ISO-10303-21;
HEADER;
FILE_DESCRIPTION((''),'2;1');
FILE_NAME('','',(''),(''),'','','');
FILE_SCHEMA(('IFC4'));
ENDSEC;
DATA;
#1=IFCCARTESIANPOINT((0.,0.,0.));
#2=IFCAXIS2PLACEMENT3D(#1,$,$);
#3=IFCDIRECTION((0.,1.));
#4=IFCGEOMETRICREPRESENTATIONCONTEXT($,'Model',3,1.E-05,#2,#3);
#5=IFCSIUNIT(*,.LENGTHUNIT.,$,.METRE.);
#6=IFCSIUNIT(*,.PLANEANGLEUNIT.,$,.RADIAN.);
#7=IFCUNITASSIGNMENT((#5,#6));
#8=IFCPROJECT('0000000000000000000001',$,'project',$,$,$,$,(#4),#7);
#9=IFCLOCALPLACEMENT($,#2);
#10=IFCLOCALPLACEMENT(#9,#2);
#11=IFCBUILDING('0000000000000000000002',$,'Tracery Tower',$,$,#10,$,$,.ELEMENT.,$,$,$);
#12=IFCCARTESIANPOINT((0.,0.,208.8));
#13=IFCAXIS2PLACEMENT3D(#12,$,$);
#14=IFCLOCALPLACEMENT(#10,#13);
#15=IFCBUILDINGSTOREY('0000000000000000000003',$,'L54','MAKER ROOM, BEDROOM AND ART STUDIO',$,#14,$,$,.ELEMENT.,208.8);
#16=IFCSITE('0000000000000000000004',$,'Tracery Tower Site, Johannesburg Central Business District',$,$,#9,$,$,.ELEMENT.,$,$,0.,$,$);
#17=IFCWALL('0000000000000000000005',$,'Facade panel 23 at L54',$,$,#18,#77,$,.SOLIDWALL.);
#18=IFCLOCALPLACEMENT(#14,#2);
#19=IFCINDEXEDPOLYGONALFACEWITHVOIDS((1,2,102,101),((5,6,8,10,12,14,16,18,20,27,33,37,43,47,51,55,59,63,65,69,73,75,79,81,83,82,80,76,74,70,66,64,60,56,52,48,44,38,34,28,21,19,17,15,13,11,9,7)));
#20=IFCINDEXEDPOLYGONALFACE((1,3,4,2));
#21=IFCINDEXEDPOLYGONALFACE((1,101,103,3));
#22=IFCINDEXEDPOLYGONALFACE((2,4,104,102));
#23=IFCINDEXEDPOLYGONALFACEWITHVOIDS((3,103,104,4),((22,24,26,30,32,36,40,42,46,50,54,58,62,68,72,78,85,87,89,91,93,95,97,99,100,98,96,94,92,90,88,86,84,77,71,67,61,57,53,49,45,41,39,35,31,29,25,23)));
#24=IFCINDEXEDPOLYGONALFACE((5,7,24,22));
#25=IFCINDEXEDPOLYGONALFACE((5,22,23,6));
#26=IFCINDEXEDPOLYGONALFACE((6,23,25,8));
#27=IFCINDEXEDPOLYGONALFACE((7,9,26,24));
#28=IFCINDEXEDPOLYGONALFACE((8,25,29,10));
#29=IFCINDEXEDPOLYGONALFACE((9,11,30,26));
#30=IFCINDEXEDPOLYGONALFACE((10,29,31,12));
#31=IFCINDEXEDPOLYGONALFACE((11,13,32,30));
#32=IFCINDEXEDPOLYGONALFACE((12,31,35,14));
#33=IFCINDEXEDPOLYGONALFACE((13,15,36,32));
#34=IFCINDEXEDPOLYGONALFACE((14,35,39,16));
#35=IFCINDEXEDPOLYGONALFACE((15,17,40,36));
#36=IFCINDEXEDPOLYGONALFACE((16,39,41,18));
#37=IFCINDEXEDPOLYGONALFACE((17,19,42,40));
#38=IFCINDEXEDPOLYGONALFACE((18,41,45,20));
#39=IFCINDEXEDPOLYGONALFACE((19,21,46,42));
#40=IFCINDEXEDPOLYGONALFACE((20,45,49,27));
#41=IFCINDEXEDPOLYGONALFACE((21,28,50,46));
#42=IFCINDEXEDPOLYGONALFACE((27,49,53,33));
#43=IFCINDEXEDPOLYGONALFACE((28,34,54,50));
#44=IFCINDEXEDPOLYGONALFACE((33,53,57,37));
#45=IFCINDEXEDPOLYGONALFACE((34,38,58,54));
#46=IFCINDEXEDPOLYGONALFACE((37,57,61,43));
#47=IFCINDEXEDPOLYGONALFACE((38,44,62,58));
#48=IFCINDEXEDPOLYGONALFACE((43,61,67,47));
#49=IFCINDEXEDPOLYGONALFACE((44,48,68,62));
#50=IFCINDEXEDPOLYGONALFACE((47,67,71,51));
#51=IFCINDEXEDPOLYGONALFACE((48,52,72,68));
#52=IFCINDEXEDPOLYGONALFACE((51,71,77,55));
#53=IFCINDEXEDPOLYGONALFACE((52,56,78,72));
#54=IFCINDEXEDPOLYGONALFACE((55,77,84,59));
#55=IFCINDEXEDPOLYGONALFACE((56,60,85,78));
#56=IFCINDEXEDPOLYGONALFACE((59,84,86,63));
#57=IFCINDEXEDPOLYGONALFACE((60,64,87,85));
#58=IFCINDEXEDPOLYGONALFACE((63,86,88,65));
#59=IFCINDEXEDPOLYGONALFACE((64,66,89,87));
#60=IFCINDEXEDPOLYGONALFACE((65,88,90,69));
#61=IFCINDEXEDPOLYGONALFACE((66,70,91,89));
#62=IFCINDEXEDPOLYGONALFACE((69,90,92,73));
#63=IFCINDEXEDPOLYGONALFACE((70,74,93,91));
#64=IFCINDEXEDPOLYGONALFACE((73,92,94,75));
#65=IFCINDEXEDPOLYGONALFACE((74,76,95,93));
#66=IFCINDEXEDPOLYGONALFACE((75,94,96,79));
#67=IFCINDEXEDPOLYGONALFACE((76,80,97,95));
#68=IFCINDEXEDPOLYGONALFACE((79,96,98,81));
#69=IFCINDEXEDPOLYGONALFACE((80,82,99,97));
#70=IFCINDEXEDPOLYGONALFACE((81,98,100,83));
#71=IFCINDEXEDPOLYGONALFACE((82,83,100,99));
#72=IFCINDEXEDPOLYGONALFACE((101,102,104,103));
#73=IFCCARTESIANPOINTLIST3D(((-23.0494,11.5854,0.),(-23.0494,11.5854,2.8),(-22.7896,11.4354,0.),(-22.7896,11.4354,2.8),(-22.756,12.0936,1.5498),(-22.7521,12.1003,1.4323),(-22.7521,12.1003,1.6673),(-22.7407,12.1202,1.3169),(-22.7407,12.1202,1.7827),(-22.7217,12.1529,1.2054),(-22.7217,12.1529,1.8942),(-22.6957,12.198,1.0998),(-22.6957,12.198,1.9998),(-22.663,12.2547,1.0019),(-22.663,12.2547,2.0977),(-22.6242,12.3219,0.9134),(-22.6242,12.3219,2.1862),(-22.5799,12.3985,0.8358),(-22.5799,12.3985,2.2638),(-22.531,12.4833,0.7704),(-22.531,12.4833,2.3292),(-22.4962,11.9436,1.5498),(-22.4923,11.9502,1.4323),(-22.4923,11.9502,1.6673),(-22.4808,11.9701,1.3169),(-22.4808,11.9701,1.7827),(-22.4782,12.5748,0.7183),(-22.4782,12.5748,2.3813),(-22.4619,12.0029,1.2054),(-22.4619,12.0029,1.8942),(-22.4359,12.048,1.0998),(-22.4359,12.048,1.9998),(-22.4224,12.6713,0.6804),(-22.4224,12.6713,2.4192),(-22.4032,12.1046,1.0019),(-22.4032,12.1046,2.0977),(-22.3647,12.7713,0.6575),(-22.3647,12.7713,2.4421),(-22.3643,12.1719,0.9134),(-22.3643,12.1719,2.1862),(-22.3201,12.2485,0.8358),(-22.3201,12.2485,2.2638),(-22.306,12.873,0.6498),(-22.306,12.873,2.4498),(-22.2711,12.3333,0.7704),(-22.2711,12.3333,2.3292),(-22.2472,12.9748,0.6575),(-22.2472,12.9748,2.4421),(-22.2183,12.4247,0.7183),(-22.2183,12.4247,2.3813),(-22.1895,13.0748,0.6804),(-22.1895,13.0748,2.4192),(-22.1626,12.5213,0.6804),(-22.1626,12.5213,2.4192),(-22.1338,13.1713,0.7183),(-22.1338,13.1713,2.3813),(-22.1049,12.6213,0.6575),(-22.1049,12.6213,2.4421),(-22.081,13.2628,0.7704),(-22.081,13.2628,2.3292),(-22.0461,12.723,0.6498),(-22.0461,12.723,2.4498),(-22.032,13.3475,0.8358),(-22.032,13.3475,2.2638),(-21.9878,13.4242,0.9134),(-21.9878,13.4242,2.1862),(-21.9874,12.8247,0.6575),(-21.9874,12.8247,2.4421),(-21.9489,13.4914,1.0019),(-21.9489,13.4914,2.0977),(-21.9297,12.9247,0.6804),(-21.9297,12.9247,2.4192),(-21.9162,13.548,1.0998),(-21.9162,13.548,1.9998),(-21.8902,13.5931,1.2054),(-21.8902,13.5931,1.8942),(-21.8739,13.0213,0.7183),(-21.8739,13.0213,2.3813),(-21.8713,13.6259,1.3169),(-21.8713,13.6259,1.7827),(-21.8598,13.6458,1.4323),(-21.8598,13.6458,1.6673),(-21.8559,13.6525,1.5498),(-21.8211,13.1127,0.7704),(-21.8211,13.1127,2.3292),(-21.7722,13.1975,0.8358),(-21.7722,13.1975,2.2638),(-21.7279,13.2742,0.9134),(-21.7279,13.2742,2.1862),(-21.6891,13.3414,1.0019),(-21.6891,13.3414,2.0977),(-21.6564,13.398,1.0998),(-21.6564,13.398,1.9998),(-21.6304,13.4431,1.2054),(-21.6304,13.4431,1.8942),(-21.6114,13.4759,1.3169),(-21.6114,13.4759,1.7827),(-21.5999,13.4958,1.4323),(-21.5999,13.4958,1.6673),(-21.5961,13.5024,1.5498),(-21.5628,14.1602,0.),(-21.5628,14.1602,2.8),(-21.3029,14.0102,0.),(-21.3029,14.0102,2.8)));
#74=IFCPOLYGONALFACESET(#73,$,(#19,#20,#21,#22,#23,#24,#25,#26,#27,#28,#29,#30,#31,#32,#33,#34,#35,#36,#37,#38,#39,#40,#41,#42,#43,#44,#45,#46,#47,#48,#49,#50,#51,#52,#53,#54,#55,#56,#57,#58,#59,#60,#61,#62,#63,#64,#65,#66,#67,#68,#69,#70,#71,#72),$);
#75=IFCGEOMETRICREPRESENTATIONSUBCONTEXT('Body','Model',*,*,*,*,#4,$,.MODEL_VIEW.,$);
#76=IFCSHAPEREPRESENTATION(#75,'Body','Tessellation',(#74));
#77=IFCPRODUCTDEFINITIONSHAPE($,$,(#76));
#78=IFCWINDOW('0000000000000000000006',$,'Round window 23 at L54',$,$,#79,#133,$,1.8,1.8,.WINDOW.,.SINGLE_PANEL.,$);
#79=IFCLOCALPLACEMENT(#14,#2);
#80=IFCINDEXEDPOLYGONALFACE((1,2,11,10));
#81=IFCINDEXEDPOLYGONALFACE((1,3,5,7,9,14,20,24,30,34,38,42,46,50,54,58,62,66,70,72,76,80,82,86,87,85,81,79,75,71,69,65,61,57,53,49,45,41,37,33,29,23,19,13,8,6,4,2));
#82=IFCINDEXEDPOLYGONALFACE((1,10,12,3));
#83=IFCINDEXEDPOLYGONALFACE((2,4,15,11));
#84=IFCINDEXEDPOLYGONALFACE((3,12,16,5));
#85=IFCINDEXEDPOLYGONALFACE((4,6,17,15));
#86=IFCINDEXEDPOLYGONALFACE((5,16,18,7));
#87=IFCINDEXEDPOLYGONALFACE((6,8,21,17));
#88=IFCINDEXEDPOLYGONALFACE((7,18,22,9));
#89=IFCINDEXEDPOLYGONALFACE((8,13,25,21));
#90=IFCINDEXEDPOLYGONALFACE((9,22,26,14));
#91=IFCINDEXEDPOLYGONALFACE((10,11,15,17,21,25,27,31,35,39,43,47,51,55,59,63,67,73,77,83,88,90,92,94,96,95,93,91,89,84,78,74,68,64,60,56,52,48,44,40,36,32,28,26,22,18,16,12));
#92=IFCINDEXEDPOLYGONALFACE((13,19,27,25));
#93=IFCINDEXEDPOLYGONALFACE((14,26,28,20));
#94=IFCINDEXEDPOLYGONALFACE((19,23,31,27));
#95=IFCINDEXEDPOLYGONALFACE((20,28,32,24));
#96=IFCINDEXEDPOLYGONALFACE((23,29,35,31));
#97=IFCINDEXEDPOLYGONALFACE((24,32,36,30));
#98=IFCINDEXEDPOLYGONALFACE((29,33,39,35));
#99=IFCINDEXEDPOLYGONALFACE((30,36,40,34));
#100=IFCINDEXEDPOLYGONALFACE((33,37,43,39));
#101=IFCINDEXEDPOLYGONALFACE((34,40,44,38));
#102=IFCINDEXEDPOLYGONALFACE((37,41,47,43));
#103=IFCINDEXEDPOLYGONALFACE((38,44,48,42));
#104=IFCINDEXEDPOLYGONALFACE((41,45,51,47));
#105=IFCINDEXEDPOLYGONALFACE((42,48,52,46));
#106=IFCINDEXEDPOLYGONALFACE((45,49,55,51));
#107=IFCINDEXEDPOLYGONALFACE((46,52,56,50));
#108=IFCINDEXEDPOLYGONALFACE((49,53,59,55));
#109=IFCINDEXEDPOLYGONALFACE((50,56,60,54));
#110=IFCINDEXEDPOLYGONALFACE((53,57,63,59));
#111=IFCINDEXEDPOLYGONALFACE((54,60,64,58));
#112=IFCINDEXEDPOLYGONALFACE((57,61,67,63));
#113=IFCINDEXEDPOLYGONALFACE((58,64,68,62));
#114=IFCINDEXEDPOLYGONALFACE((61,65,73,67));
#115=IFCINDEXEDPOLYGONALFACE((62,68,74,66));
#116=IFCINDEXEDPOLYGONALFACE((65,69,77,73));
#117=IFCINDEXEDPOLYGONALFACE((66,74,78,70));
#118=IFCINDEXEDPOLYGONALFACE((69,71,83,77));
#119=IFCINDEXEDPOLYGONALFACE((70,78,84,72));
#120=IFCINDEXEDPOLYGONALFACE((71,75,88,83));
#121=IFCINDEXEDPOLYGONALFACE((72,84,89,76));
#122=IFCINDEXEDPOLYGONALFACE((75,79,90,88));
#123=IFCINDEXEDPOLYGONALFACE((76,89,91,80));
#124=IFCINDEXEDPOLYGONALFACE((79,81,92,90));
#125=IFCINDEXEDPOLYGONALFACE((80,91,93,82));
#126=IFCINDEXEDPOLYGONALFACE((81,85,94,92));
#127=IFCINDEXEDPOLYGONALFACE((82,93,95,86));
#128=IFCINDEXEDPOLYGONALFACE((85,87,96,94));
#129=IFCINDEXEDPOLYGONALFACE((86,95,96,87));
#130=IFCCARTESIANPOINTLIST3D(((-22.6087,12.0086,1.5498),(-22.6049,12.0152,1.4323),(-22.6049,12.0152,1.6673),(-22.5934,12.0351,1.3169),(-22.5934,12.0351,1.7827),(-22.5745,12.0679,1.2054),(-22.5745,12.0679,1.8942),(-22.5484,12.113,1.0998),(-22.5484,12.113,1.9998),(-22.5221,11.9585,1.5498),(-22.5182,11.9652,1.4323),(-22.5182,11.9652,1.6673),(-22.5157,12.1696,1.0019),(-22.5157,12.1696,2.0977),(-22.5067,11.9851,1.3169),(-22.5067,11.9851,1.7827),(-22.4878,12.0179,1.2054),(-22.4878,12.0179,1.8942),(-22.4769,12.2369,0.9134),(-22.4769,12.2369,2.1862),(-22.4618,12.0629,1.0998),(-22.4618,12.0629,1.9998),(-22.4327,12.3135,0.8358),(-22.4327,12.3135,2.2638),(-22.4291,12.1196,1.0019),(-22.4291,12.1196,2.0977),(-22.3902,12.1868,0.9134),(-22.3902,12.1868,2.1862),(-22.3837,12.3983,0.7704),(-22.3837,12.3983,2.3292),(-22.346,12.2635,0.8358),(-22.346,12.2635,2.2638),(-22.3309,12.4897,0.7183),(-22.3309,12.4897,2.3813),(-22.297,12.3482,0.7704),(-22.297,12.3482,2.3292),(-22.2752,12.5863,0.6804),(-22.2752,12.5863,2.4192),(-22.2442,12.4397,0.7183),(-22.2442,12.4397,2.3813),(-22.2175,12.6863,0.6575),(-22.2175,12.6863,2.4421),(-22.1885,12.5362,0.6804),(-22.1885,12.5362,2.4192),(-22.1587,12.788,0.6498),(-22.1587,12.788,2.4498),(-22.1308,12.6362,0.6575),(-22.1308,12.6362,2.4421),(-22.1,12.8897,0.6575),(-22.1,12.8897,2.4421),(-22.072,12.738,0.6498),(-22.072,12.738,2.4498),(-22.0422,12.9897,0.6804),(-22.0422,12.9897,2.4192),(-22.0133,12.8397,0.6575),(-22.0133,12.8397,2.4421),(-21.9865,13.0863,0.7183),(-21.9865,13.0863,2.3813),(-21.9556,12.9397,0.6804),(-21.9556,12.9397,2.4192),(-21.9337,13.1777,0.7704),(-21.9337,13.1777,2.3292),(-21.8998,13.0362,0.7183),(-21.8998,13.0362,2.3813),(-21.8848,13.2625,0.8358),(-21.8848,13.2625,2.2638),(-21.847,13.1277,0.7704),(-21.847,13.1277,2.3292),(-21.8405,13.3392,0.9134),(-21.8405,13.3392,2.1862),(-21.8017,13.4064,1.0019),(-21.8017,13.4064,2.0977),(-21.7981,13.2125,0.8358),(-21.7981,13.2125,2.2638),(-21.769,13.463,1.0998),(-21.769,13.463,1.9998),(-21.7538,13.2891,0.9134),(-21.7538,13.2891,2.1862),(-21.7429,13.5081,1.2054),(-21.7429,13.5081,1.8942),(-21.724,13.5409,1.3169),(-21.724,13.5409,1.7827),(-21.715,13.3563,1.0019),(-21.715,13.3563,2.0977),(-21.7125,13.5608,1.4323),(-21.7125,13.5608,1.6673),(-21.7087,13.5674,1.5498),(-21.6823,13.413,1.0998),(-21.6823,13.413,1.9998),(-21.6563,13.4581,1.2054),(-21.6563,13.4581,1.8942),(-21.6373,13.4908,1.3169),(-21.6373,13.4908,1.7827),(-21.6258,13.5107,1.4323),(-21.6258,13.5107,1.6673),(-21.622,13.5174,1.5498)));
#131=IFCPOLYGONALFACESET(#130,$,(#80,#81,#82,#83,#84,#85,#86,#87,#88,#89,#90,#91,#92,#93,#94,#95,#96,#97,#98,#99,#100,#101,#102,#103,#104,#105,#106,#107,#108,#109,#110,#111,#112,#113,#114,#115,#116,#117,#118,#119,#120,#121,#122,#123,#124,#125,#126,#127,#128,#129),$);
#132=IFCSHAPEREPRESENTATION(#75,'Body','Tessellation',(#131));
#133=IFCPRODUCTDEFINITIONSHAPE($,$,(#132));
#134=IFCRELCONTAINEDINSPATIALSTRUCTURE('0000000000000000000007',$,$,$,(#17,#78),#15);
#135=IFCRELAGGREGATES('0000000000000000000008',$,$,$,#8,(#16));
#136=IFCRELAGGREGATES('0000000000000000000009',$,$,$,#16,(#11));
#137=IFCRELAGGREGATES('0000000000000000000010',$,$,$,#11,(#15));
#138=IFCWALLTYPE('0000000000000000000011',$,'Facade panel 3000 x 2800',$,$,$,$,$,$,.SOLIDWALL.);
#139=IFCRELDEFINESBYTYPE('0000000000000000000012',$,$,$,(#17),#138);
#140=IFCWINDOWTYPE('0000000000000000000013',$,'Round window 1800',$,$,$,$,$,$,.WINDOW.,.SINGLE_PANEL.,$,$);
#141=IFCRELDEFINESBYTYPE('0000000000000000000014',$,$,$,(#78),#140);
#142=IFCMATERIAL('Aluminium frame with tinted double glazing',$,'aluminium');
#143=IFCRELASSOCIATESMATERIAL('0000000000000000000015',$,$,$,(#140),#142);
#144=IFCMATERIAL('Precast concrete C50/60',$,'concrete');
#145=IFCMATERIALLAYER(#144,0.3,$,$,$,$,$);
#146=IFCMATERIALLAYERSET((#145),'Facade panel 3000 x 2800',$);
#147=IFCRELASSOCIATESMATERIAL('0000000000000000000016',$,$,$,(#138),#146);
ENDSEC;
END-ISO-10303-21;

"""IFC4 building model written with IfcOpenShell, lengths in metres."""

from ifc_helpers import new_model, si_unit, direction, frame, frame_2d, origin, origin_2d, place, context, subcontext, project, spatial, rectangle, circle, extrude, material, layer, layer_set, type_object, element, fill, save


model = new_model("IFC4")

# Units and contexts
model_context = context("Model", 3, precision=1e-05, world=origin(), true_north=direction((0.0, 1.0)))
body_context = subcontext(model_context, "Body", "Model", "MODEL_VIEW")
ifc_project = project(units=[si_unit("LENGTHUNIT", "METRE"), si_unit("PLANEANGLEUNIT", "RADIAN")], contexts=[model_context])

# Site, building, storey
site_placement = place(None, origin())
site = spatial("IfcSite", under=ifc_project, at=site_placement, Name="Tracery Tower Site, Johannesburg Central Business District", CompositionType="ELEMENT", RefElevation=0.0)
building_placement = place(site_placement, origin())
building = spatial("IfcBuilding", under=site, at=building_placement, Name="Tracery Tower", CompositionType="ELEMENT")
storey_placement = place(building_placement, frame((0.0, 0.0, 208.8)))
storey = spatial("IfcBuildingStorey", under=building, at=storey_placement, Name="L54", Description="MAKER ROOM, BEDROOM AND ART STUDIO", CompositionType="ELEMENT", Elevation=208.8)

# Wall, opening, window
ifc_material_1 = material(Name="Aluminium frame with tinted double glazing", Category="aluminium")
window_type = type_object("IfcWindowType", Name="Round window 1800", PartitioningType="SINGLE_PANEL", PredefinedType="WINDOW", material=ifc_material_1)
ifc_material_2 = material(Name="Precast concrete C50/60", Category="concrete")
ifc_layer_1 = layer(ifc_material_2, 0.3)
ifc_layer_set_1 = layer_set([ifc_layer_1], Name="Facade panel 3000 x 2800")
wall_type_1 = type_object("IfcWallType", Name="Facade panel 3000 x 2800", PredefinedType="SOLIDWALL", material=ifc_layer_set_1)
wall_1_placement = place(storey_placement, frame((-21.4329, 14.0852, 0.0), z_axis=(0.0, 0.0, 1.0), x_axis=(-0.500016, -0.866016, 0.0)))
wall_1 = element("IfcWall", 1, at=wall_1_placement, inside=storey, type_object=wall_type_1, Name="Facade panel 23 at L54", PredefinedType="SOLIDWALL", context=body_context, shape_type="SweptSolid", body=[
    extrude(rectangle(XDim=2.9731, YDim=0.3, at=frame_2d((1.4866, 0.0))), origin(), (0.0, 0.0, 1.0), 2.8),
])
opening_1_placement = place(wall_1_placement, frame((1.4863, 0.0, 1.5498)))
opening_1 = element("IfcOpeningElement", 2, at=opening_1_placement, cuts=wall_1, PredefinedType="OPENING", context=body_context, shape_type="SweptSolid", body=[
    extrude(circle(Radius=0.9, at=origin_2d()), frame((0.0, 0.1599, 0.0), z_axis=(0.0, -1.0, 0.0), x_axis=(1.0, 0.0, 0.0)), (0.0, 0.0, 1.0), 0.3201),
])
window_1_placement = place(opening_1_placement, origin())
window_1 = element("IfcWindow", 3, at=window_1_placement, inside=storey, type_object=window_type, Name="Round window 23 at L54", OverallHeight=1.8, OverallWidth=1.8, PartitioningType="SINGLE_PANEL", PredefinedType="WINDOW", context=body_context, shape_type="SweptSolid", body=[
    extrude(circle(Radius=0.9, at=origin_2d()), frame((0.0, 0.1201, 0.0), z_axis=(0.0, -1.0, 0.0), x_axis=(1.0, 0.0, 0.0)), (0.0, 0.0, 1.0), 0.1001),
])
fill(opening_1, window_1)

save(model, "model.ifc")
